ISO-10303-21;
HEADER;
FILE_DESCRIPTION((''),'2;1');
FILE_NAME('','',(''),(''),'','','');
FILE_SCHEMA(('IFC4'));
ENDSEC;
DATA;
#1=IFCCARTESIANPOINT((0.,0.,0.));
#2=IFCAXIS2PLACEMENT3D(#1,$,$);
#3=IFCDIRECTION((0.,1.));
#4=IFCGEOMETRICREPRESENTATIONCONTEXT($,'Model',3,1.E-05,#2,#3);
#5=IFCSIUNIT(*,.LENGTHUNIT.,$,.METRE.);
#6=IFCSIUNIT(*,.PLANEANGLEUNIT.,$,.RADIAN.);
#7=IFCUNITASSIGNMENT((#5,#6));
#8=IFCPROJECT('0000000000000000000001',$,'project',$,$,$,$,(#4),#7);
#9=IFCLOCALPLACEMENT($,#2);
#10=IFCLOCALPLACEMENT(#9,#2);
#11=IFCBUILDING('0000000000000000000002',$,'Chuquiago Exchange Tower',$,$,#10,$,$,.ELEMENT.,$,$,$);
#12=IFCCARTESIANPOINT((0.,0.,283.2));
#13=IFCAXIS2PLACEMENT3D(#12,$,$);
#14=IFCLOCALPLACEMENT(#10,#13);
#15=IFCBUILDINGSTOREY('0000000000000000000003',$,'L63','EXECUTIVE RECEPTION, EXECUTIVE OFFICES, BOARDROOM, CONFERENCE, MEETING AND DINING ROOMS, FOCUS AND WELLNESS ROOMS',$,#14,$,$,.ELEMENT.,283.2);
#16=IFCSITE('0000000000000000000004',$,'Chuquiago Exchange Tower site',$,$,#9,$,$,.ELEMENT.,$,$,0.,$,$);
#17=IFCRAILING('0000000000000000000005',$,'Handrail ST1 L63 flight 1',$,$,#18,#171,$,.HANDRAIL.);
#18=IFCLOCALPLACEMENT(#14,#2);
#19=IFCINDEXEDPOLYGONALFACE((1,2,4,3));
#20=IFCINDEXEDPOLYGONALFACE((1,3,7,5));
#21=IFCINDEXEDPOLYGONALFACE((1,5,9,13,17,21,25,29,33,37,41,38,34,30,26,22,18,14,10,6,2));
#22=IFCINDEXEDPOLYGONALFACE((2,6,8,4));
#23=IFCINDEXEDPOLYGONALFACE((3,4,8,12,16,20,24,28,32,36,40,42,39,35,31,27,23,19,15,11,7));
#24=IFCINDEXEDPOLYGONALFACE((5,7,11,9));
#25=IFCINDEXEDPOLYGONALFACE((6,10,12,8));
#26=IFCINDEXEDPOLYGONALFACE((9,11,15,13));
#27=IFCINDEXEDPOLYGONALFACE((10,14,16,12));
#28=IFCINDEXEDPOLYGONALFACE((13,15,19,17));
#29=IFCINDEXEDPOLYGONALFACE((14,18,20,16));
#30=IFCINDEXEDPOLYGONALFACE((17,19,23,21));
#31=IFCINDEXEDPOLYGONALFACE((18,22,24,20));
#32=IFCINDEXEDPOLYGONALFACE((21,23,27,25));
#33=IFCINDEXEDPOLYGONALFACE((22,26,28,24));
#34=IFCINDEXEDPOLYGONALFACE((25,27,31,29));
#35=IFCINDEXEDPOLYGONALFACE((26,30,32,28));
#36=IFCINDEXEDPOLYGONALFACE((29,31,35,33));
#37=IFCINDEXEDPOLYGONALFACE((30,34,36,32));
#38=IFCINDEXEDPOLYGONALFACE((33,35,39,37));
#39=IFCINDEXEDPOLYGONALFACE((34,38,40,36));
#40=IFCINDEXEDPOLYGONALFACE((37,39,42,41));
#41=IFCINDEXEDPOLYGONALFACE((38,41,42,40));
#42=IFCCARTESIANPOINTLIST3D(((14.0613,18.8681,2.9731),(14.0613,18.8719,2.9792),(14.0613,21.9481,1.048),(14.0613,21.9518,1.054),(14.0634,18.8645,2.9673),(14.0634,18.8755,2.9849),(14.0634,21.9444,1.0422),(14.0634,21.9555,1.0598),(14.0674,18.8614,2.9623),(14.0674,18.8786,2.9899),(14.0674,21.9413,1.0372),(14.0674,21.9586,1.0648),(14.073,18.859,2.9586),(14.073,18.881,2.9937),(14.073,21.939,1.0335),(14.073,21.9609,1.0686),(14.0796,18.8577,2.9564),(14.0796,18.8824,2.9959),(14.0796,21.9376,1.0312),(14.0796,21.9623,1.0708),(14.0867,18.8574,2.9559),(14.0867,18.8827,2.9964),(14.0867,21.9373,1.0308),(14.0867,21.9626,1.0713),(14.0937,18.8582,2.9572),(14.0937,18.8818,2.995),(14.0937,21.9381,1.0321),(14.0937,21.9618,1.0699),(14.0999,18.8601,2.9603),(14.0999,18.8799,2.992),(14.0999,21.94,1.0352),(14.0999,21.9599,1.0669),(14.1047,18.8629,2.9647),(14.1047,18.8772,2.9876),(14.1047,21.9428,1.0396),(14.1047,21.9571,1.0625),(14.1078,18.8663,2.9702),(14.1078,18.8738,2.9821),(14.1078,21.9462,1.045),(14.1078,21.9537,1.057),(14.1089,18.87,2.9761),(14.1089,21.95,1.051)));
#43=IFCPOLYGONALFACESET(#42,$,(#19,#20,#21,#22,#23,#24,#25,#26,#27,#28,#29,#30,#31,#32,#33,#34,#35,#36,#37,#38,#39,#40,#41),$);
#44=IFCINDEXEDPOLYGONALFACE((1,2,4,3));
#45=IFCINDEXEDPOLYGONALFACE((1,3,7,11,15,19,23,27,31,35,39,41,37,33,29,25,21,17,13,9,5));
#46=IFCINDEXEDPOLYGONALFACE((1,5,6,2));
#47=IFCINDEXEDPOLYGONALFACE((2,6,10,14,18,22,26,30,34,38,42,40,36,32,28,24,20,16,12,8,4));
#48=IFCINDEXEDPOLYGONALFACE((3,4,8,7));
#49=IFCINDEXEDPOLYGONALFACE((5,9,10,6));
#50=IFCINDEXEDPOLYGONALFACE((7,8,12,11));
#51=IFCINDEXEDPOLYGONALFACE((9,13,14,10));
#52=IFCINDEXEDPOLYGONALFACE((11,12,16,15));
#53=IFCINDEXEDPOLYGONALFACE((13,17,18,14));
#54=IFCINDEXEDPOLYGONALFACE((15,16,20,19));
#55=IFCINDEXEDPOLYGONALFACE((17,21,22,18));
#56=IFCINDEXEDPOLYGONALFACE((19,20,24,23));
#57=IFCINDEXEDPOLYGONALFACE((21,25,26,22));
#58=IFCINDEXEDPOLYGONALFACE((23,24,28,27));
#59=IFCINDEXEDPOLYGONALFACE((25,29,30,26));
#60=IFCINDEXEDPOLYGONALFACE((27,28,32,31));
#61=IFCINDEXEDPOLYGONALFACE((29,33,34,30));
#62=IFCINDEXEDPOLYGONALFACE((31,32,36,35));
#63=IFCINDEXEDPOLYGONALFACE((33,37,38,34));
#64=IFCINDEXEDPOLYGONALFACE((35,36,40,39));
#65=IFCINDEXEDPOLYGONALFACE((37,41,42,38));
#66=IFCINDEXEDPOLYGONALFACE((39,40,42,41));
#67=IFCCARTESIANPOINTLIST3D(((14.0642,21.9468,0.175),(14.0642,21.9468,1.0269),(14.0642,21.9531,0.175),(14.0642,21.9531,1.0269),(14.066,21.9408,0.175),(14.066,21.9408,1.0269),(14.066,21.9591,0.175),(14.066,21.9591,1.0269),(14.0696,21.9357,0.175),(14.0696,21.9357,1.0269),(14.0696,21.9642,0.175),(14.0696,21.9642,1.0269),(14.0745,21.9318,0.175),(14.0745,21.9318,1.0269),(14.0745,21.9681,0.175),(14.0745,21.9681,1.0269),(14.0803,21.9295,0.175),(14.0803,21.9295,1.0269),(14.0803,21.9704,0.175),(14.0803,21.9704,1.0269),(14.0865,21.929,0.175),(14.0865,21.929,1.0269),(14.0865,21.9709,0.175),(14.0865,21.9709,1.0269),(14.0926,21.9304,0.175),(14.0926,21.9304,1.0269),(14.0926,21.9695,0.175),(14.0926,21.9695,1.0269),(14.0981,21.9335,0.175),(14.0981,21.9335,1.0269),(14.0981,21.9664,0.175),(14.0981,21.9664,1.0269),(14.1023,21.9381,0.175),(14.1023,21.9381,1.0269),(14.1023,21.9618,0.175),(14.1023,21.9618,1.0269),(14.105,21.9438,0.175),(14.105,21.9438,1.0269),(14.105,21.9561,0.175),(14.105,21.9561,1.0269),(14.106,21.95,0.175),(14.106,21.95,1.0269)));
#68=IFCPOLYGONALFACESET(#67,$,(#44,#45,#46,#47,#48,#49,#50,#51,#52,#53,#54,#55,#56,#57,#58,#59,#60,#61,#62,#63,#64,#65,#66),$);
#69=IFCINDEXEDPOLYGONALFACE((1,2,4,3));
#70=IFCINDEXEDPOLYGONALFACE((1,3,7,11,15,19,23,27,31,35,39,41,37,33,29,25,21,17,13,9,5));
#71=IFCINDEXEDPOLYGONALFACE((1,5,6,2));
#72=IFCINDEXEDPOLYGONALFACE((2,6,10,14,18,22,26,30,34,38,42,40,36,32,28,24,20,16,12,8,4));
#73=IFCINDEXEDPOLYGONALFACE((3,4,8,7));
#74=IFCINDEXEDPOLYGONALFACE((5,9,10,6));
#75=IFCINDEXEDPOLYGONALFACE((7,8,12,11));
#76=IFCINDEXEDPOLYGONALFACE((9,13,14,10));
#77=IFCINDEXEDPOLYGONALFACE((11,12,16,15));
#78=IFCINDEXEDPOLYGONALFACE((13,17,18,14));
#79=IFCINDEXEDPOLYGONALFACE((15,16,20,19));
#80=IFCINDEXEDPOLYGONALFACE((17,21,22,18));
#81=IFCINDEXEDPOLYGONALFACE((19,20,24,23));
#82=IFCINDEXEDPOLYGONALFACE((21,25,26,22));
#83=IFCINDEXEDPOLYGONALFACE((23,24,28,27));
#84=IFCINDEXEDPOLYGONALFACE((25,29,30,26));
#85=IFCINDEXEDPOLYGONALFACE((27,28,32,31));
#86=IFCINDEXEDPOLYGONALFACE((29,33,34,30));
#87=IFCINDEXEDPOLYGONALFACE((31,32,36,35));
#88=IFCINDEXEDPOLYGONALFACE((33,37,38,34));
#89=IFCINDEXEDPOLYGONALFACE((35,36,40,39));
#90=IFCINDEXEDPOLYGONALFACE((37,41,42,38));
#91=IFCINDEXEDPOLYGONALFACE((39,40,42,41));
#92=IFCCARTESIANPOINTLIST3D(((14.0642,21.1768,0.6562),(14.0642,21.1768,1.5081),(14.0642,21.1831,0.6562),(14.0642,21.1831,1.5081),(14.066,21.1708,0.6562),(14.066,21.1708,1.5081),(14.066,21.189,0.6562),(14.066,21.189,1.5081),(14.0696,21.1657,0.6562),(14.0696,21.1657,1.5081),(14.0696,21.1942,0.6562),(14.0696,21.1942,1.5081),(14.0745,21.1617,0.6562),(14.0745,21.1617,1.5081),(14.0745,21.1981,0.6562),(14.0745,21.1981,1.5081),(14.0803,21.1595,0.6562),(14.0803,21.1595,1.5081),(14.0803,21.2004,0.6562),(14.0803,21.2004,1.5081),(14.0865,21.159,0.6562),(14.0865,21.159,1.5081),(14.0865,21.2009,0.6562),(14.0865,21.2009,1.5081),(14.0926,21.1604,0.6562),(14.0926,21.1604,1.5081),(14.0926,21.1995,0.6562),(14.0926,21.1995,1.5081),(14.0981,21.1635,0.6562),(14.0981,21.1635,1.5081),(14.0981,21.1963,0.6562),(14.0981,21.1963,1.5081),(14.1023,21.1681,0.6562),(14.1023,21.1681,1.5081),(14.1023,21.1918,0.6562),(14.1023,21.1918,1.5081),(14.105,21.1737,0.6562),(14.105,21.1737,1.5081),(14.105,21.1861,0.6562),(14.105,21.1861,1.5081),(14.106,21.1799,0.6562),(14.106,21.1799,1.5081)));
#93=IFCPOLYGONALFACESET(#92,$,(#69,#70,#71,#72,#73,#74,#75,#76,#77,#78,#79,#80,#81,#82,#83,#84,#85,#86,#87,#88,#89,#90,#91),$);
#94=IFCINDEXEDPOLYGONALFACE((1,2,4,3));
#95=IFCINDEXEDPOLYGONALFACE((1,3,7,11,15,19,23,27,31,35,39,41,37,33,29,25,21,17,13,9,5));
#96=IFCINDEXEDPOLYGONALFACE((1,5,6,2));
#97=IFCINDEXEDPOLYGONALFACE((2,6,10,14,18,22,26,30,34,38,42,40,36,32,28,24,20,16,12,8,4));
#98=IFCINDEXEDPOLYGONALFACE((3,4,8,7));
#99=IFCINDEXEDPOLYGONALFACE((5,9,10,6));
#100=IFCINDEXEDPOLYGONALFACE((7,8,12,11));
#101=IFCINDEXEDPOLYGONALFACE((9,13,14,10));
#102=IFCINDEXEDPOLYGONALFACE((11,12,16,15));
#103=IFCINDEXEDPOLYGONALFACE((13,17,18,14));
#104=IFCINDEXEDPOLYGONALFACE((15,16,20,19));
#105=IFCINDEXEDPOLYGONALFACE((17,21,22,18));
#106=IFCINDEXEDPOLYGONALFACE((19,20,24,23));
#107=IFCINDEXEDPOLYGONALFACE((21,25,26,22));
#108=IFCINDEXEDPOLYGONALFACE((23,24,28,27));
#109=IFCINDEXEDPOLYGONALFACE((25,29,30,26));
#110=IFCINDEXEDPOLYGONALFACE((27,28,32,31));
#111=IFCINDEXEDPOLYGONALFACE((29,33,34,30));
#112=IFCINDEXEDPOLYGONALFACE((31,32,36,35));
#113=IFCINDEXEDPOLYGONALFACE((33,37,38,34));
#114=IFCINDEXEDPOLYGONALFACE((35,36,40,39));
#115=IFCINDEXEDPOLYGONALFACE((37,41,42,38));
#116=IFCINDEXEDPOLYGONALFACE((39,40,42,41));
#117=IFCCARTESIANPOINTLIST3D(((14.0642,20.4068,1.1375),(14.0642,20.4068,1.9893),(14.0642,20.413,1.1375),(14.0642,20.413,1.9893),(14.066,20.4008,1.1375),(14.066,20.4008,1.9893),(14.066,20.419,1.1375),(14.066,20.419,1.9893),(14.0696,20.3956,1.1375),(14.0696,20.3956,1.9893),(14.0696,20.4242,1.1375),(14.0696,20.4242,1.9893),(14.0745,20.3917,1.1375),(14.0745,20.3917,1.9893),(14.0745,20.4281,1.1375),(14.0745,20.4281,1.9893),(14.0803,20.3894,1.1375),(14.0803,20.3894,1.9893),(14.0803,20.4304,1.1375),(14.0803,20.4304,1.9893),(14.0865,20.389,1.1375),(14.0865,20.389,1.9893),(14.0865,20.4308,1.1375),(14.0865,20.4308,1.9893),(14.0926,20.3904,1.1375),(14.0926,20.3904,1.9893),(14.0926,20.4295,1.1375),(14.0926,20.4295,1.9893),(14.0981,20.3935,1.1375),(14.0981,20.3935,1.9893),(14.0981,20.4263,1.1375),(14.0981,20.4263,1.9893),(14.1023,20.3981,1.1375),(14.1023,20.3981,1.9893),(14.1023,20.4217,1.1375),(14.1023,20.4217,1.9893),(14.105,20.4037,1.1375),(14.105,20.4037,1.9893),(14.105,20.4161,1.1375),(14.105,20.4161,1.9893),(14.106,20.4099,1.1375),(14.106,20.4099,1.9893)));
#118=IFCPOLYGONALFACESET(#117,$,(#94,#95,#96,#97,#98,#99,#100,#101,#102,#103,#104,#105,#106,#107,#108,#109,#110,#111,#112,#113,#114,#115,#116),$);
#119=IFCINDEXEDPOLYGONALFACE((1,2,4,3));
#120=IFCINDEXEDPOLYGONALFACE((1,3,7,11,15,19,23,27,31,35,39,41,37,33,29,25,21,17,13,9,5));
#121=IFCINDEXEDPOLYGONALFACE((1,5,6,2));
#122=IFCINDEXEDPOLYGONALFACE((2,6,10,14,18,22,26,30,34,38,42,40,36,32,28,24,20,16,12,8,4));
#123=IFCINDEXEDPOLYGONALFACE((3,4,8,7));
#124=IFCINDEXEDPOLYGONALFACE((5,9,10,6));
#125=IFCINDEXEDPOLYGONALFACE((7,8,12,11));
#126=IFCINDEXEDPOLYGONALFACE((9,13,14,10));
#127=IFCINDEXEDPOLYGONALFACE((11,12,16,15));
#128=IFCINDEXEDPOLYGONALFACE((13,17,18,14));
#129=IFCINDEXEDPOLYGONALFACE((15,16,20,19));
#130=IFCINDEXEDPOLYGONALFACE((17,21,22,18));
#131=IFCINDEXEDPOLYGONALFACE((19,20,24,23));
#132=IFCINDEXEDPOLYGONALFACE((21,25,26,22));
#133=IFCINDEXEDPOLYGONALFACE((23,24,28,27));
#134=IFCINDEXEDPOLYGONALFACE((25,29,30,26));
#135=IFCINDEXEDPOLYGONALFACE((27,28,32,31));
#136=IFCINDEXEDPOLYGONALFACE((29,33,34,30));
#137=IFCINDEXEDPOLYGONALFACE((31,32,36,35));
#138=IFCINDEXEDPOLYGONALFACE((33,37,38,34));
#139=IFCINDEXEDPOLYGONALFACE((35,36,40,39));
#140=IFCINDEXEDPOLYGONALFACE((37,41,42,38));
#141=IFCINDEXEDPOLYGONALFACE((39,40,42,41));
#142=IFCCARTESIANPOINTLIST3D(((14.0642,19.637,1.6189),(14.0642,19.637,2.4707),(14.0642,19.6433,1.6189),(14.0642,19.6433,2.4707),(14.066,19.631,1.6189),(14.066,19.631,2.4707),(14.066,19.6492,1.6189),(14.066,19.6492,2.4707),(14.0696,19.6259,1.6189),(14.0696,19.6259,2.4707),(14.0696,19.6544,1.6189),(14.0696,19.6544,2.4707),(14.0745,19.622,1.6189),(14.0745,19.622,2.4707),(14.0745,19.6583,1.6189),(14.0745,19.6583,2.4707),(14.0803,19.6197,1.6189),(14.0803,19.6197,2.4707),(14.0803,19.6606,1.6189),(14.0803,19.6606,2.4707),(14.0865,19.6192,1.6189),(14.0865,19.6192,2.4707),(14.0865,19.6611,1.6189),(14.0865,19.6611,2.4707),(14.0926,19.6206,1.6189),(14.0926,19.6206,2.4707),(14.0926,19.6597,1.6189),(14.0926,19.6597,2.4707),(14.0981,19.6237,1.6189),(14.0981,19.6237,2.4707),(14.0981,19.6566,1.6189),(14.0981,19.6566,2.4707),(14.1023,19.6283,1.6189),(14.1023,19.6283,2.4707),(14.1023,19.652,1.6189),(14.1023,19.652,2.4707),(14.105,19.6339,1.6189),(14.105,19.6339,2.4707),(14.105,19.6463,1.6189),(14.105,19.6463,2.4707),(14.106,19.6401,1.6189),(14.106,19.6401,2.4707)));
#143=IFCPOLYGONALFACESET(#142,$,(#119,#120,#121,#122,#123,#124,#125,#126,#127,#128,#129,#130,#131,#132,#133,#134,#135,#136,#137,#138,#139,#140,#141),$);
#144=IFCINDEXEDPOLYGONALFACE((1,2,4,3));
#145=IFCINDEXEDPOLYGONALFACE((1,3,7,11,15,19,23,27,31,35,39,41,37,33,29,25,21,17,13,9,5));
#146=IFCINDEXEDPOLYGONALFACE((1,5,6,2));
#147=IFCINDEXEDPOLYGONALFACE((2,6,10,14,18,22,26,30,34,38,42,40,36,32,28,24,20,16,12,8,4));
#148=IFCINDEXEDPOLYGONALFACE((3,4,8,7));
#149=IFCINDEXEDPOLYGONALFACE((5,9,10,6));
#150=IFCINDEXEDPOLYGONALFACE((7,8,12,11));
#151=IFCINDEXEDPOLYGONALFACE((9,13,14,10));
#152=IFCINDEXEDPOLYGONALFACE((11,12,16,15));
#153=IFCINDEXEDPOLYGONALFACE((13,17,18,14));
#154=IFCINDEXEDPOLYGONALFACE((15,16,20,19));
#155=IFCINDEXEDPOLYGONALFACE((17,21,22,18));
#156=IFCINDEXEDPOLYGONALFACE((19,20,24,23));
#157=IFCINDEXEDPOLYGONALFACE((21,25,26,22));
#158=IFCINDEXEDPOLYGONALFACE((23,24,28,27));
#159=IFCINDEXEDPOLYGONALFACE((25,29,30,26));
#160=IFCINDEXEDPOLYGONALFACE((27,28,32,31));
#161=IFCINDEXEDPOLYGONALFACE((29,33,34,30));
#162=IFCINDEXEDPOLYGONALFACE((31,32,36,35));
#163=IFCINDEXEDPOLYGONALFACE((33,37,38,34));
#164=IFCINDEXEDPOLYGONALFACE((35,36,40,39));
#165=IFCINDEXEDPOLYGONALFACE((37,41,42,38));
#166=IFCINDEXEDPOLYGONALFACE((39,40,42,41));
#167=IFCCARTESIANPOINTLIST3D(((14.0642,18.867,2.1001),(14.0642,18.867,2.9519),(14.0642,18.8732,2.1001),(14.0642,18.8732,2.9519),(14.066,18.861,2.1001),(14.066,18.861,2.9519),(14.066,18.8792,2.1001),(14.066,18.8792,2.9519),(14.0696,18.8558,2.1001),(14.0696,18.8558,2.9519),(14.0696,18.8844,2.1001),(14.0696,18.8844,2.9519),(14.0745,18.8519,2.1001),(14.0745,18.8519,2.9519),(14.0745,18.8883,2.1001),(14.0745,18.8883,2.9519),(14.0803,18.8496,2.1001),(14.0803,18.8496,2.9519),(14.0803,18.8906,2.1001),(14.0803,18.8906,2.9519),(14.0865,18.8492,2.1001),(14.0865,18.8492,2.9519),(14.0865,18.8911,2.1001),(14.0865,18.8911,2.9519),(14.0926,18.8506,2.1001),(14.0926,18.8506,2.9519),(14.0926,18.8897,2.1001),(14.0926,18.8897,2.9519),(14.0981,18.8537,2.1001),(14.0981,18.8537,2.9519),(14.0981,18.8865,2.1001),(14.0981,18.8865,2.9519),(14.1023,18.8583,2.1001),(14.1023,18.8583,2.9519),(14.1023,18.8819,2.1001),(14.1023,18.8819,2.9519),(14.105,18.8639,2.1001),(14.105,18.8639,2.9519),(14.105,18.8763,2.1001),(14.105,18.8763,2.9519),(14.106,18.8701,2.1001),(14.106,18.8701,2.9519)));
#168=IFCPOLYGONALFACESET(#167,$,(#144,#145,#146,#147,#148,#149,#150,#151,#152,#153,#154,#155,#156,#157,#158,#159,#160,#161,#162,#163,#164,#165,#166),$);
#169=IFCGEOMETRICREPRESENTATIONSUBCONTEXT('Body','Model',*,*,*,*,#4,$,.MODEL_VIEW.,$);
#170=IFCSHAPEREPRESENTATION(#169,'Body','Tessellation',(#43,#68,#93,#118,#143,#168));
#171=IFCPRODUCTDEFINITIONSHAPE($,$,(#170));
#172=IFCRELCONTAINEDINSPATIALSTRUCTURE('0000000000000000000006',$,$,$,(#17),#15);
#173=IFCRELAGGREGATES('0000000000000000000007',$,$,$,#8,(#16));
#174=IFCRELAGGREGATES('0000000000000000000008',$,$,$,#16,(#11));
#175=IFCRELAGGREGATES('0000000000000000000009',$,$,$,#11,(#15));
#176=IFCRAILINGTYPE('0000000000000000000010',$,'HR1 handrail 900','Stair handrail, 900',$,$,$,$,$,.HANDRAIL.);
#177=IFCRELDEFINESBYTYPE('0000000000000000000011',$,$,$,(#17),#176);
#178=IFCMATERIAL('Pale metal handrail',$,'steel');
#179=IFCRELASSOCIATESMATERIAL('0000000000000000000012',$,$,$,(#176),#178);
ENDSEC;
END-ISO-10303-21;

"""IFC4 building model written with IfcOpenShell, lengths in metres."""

from ifc_helpers import new_model, si_unit, direction, frame, origin, origin_2d, place, context, subcontext, project, spatial, circle, extrude, material, type_object, element, save


model = new_model("IFC4")

# Units and contexts
model_context = context("Model", 3, precision=1e-05, world=origin(), true_north=direction((0.0, 1.0)))
body_context = subcontext(model_context, "Body", "Model", "MODEL_VIEW")
ifc_project = project(units=[si_unit("LENGTHUNIT", "METRE"), si_unit("PLANEANGLEUNIT", "RADIAN")], contexts=[model_context])

# Site, building, storey
site_placement = place(None, origin())
site = spatial("IfcSite", under=ifc_project, at=site_placement, Name="Chuquiago Exchange Tower site", CompositionType="ELEMENT", RefElevation=0.0)
building_placement = place(site_placement, origin())
building = spatial("IfcBuilding", under=site, at=building_placement, Name="Chuquiago Exchange Tower", CompositionType="ELEMENT")
storey_placement = place(building_placement, frame((0.0, 0.0, 283.2)))
storey = spatial("IfcBuildingStorey", under=building, at=storey_placement, Name="L63", Description="EXECUTIVE RECEPTION, EXECUTIVE OFFICES, BOARDROOM, CONFERENCE, MEETING AND DINING ROOMS, FOCUS AND WELLNESS ROOMS", CompositionType="ELEMENT", Elevation=283.2)

# Railing
ifc_material_1 = material(Name="Pale metal handrail", Category="steel")
railing_type_1 = type_object("IfcRailingType", Name="HR1 handrail 900", Description="Stair handrail, 900", PredefinedType="HANDRAIL", material=ifc_material_1)
for number, where, name in (
    (1, (14.085, 21.95, 0.175), "Handrail ST1 L63 flight 1"),
):
    element("IfcRailing", number, at=place(storey_placement, frame(where)), inside=storey, type_object=railing_type_1, Name=name, PredefinedType="HANDRAIL", context=body_context, shape_type="SweptSolid", body=[
        extrude(circle(Radius=0.0239, at=origin_2d()), frame((0.0, 0.0, 0.876), z_axis=(0.0, -0.847979, 0.530029), x_axis=(1.0, 0.0, 0.0)), (0.0, 0.0, 1.0), 3.6321),
        extrude(circle(Radius=0.021, at=origin_2d()), origin(), (0.0, 0.0, 1.0), 0.8518),
        extrude(circle(Radius=0.021, at=origin_2d()), frame((0.0, -0.77, 0.4812)), (0.0, 0.0, 1.0), 0.8518),
        extrude(circle(Radius=0.021, at=origin_2d()), frame((0.0, -1.54, 0.9624)), (0.0, 0.0, 1.0), 0.8518),
        extrude(circle(Radius=0.021, at=origin_2d()), frame((0.0, -2.3098, 1.4438)), (0.0, 0.0, 1.0), 0.8518),
        extrude(circle(Radius=0.021, at=origin_2d()), frame((0.0, -3.0798, 1.925)), (0.0, 0.0, 1.0), 0.8518),
    ])

save(model, "model.ifc")
